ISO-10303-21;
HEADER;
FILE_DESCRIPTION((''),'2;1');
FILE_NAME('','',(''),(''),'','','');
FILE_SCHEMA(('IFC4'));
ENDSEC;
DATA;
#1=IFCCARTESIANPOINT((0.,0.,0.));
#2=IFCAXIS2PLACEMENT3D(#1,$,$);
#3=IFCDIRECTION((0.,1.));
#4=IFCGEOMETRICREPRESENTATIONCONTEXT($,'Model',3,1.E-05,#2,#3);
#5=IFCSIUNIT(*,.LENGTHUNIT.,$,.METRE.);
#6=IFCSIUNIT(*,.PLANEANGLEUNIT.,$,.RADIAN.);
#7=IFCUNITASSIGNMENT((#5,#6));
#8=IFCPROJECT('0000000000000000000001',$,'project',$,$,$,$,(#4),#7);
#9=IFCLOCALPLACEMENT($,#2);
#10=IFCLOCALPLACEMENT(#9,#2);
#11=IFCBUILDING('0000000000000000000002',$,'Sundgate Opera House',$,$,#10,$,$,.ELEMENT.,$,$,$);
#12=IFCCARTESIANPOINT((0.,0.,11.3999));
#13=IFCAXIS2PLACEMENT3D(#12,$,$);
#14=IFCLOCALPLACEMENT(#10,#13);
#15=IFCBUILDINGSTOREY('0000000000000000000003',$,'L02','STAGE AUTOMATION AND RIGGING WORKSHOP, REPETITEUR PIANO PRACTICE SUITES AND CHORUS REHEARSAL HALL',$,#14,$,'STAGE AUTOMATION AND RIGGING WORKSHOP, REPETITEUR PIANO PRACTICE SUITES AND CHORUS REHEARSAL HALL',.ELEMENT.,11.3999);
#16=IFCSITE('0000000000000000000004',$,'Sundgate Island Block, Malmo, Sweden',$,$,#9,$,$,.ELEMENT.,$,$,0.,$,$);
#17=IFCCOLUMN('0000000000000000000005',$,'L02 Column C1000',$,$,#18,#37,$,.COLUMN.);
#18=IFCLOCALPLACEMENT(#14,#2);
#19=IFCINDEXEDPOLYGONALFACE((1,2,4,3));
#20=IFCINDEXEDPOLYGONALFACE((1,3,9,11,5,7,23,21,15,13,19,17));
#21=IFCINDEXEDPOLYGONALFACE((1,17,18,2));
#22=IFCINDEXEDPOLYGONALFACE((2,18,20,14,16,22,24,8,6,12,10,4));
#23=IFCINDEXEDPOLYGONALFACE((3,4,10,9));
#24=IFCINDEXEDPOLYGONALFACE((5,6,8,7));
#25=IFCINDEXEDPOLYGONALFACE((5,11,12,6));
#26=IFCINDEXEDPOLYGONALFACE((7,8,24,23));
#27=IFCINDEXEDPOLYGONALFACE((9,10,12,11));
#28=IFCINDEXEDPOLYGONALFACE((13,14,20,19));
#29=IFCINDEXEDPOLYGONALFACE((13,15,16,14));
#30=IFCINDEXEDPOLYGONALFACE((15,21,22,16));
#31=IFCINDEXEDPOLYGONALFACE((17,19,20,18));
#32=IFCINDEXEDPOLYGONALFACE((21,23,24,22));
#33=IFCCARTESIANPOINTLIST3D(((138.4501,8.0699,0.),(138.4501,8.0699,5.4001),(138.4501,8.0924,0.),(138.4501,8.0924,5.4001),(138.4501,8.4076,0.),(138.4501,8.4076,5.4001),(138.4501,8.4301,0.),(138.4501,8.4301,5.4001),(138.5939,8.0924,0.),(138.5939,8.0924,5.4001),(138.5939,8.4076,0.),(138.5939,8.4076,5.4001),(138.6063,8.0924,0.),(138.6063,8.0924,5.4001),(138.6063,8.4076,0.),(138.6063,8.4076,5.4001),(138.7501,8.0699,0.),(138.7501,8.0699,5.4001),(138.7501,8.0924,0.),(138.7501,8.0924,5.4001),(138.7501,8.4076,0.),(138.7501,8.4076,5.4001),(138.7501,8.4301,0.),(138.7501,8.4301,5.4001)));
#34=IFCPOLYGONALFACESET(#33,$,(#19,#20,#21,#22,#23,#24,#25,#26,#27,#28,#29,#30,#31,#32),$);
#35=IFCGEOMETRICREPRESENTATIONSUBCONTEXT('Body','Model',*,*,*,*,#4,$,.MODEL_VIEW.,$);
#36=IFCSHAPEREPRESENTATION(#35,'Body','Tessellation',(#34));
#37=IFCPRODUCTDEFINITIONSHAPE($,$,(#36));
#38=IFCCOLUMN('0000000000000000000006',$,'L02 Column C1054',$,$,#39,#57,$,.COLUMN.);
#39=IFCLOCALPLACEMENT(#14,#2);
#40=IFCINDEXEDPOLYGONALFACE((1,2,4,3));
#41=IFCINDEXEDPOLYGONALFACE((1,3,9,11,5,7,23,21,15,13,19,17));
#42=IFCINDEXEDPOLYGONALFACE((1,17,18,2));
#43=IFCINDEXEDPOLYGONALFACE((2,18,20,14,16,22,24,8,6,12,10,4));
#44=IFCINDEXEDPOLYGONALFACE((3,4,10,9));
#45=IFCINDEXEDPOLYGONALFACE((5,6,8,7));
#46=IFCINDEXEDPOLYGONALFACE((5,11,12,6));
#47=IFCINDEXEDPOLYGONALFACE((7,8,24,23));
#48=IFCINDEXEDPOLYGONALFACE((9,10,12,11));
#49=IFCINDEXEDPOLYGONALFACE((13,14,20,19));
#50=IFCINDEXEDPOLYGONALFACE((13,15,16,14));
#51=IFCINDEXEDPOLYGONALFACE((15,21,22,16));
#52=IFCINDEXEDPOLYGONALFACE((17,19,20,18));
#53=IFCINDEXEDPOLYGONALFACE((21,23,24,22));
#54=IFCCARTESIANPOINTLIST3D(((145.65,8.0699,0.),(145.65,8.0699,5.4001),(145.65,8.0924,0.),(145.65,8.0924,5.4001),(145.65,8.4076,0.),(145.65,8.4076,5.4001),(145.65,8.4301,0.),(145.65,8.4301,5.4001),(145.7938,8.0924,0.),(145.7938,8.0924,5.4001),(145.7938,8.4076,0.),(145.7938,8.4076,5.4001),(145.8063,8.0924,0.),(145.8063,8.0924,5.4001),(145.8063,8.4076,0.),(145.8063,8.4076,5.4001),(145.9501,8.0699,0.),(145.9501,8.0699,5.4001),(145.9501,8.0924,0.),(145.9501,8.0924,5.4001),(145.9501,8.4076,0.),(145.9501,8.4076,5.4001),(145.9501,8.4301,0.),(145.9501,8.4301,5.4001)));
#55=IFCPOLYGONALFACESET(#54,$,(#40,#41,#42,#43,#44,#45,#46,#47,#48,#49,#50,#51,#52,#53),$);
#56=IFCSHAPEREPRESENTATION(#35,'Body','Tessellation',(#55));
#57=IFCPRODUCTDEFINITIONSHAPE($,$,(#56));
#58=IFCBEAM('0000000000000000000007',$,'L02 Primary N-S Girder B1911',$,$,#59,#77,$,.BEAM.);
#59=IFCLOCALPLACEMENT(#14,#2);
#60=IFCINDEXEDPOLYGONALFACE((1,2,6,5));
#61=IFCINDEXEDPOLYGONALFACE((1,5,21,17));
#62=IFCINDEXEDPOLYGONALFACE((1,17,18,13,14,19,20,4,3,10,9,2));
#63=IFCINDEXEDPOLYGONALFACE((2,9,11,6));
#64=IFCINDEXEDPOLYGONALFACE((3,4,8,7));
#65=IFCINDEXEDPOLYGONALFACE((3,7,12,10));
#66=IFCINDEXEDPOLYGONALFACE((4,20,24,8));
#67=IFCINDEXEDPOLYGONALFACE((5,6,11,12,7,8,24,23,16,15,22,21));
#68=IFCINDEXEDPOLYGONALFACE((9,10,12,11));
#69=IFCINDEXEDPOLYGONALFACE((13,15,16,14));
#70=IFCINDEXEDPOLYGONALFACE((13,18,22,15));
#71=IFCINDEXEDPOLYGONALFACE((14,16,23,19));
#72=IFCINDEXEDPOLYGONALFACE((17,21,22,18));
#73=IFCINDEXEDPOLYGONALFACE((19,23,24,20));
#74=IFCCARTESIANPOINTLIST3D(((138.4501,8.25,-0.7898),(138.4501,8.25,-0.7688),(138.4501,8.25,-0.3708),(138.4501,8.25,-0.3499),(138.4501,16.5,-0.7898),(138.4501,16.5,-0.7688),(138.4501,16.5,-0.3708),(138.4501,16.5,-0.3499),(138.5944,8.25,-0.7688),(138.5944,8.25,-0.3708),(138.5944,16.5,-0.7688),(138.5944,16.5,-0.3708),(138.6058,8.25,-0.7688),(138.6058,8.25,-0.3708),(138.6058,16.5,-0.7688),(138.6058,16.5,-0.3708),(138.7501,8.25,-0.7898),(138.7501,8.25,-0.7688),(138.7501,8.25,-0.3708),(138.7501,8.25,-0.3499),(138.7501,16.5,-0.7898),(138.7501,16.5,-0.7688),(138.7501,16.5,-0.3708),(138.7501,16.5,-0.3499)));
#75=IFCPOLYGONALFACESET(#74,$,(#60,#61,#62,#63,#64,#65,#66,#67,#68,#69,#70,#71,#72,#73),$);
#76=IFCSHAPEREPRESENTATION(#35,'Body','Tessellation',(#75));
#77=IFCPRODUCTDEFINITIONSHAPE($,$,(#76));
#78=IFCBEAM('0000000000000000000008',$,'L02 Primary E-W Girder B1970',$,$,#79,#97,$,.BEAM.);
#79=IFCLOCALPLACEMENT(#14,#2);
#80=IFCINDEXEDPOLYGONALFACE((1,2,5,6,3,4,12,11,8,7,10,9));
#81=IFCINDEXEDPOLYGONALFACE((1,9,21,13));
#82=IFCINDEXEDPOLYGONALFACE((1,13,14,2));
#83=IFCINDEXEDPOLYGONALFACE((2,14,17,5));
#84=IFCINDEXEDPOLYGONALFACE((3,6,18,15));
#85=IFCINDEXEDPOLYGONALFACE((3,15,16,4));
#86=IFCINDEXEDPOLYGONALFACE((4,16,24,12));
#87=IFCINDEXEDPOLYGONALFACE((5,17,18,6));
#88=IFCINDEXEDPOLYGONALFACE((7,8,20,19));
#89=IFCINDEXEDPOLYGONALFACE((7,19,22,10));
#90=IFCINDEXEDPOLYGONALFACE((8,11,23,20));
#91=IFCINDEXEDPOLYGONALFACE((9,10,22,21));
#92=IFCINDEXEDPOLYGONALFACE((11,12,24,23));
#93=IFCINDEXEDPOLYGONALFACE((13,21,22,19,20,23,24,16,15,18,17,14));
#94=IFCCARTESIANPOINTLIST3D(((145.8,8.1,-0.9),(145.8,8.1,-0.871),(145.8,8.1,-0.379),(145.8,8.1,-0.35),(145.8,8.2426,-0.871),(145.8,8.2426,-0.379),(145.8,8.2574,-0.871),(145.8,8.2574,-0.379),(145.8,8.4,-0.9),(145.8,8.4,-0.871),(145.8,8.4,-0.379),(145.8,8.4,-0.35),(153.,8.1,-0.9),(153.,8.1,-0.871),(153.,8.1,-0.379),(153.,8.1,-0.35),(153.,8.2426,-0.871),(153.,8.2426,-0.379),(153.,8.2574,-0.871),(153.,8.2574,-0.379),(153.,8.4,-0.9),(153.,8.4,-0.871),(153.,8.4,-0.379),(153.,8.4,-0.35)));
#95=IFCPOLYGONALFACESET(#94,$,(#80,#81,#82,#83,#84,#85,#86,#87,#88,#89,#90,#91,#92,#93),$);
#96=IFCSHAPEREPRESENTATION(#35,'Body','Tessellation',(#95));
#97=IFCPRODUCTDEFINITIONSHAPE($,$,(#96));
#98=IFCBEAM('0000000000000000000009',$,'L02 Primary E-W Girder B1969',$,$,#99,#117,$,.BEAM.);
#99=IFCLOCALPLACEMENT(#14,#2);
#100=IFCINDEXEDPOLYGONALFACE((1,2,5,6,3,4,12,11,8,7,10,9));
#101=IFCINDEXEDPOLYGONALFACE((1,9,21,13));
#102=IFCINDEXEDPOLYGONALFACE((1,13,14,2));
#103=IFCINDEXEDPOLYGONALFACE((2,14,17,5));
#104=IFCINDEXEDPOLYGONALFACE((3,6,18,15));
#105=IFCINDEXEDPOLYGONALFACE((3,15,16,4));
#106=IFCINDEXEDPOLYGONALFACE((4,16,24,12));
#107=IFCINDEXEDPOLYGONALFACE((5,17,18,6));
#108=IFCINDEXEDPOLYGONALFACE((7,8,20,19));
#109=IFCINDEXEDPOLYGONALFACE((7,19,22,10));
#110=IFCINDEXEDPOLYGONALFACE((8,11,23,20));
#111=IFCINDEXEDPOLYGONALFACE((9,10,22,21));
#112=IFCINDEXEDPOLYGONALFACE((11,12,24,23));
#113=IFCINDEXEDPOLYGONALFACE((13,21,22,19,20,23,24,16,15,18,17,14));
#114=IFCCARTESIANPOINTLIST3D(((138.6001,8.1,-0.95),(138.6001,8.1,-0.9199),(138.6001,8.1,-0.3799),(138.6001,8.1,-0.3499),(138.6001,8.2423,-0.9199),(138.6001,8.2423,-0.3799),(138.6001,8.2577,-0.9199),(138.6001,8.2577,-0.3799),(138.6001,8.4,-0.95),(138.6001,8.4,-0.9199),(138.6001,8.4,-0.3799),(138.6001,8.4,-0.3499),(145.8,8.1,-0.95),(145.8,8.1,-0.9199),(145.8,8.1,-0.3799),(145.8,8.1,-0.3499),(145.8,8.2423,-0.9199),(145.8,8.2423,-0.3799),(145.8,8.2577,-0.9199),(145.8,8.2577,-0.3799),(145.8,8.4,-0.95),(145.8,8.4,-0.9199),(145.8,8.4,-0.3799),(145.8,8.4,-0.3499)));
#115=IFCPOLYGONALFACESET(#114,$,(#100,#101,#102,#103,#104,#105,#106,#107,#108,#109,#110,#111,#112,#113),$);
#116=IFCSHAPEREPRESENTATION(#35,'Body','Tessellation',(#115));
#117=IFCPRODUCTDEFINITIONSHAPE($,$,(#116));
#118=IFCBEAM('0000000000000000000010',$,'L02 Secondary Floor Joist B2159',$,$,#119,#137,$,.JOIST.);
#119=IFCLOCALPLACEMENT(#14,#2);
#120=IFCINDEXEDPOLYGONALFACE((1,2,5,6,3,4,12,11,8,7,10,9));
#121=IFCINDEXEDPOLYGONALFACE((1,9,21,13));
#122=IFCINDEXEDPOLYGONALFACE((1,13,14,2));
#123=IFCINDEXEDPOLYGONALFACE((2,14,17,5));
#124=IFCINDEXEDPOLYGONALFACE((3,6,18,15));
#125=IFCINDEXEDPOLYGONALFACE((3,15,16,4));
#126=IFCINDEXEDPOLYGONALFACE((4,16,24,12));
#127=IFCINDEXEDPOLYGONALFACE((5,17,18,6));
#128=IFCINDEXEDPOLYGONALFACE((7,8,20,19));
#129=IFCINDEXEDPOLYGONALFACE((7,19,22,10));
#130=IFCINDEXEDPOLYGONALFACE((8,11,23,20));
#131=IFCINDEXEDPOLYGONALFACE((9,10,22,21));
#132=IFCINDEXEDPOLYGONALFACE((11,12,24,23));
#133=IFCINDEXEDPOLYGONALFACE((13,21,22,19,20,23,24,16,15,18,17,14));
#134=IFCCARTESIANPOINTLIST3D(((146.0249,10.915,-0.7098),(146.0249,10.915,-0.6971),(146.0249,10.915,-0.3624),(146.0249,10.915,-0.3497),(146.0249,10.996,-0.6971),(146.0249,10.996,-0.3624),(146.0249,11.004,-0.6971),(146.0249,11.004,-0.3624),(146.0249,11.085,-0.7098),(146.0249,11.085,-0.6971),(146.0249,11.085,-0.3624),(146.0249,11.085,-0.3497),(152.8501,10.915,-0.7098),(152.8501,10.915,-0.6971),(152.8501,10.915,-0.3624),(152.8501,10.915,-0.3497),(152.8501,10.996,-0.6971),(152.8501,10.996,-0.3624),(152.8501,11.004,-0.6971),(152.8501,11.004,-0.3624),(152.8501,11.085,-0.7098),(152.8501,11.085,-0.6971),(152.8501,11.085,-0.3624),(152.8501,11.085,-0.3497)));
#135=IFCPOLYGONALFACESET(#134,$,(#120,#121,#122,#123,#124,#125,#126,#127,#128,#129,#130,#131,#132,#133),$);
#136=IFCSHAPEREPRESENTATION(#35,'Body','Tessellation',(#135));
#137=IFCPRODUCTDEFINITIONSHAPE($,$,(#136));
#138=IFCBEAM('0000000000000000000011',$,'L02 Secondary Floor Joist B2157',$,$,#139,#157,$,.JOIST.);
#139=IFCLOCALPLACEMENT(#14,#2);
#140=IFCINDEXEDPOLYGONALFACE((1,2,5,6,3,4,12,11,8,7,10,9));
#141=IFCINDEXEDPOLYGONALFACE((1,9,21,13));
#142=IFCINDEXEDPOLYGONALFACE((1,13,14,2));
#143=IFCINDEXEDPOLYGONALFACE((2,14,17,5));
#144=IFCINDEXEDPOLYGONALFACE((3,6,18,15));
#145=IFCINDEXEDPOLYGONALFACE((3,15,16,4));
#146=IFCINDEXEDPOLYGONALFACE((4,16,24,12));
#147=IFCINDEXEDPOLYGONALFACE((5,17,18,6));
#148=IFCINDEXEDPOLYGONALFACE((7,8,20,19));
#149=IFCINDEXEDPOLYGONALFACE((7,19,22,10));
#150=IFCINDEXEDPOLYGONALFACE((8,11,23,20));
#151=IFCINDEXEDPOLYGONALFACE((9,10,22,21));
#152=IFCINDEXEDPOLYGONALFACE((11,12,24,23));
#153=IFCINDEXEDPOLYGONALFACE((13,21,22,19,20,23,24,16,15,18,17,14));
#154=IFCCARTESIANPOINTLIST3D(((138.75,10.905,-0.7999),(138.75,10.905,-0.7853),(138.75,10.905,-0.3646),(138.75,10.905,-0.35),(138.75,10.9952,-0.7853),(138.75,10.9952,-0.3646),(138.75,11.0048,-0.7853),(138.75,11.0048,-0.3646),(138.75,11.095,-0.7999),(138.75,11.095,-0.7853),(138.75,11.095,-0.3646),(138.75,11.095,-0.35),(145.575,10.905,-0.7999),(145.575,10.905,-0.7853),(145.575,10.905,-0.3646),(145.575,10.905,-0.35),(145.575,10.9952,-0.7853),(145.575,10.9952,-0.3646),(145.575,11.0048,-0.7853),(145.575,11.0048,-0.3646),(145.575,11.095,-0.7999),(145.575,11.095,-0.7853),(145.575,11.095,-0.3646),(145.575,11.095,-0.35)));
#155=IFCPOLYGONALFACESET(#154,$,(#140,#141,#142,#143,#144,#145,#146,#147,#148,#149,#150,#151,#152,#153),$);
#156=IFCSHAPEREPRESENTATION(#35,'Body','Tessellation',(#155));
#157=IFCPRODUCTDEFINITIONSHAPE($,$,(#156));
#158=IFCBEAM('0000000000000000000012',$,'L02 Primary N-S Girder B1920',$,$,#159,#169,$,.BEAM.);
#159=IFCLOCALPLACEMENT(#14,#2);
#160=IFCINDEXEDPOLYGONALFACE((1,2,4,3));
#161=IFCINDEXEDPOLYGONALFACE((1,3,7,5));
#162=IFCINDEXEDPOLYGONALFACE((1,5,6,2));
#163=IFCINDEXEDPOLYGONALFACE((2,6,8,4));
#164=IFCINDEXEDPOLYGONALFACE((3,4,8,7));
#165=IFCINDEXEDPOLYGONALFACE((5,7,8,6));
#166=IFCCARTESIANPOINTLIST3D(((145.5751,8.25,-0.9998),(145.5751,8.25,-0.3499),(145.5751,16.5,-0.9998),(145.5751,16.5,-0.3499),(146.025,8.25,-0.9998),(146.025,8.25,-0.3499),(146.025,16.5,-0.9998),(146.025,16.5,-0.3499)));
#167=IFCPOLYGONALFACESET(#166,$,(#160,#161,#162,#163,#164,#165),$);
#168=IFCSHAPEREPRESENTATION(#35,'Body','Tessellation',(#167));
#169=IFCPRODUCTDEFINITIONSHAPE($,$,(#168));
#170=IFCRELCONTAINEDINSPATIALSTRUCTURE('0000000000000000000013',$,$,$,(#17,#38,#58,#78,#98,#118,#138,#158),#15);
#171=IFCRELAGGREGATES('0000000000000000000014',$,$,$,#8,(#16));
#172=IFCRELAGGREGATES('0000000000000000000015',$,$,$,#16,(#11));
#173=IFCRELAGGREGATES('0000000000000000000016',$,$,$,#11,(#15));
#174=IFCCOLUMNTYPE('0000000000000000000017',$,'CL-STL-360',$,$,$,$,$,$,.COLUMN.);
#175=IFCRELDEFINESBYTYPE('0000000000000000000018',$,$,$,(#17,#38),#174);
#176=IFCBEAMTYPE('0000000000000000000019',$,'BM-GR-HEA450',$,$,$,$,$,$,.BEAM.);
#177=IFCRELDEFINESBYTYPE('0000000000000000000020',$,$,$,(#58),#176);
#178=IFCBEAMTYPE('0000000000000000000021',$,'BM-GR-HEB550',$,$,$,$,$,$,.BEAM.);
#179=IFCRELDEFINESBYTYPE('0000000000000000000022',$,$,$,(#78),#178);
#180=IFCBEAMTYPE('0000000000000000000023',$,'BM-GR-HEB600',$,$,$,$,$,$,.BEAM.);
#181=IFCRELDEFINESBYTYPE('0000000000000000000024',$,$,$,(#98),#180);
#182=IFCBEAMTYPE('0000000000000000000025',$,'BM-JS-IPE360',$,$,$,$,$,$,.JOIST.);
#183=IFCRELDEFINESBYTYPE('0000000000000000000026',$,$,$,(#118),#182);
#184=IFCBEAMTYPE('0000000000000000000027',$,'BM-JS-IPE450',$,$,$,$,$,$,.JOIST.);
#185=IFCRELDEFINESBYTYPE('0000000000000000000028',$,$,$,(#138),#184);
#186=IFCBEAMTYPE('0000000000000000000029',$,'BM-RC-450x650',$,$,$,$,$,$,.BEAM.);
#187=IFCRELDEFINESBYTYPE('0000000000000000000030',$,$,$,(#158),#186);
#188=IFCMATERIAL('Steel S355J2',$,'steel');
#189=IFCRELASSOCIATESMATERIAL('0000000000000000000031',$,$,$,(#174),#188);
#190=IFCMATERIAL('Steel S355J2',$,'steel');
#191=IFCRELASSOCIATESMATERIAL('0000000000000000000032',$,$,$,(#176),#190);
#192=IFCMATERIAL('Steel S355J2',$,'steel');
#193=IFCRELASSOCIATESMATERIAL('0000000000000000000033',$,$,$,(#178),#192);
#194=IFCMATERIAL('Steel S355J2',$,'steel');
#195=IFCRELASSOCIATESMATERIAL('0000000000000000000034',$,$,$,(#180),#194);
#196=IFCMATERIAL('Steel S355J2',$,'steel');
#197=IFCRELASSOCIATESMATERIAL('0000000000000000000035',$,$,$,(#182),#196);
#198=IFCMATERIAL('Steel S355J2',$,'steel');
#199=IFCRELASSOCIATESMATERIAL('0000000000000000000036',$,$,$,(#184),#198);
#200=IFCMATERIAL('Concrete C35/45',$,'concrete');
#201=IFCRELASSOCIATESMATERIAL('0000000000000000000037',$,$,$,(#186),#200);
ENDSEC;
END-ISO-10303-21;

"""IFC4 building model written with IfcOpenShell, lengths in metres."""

from ifc_helpers import new_model, si_unit, direction, frame, origin, origin_2d, place, context, subcontext, project, spatial, rectangle, i_section, extrude, material, material_profile, profile_set, type_object, element, save


model = new_model("IFC4")

# Units and contexts
model_context = context("Model", 3, precision=1e-05, world=origin(), true_north=direction((0.0, 1.0)))
body_context = subcontext(model_context, "Body", "Model", "MODEL_VIEW")
ifc_project = project(units=[si_unit("LENGTHUNIT", "METRE"), si_unit("PLANEANGLEUNIT", "RADIAN")], contexts=[model_context])

# Site, building, storey
site_placement = place(None, origin())
site = spatial("IfcSite", under=ifc_project, at=site_placement, Name="Sundgate Island Block, Malmo, Sweden", CompositionType="ELEMENT", RefElevation=0.0)
building_placement = place(site_placement, origin())
building = spatial("IfcBuilding", under=site, at=building_placement, Name="Sundgate Opera House", CompositionType="ELEMENT")
storey_placement = place(building_placement, frame((0.0, 0.0, 11.3999)))
storey = spatial("IfcBuildingStorey", under=building, at=storey_placement, Name="L02", Description="STAGE AUTOMATION AND RIGGING WORKSHOP, REPETITEUR PIANO PRACTICE SUITES AND CHORUS REHEARSAL HALL", LongName="STAGE AUTOMATION AND RIGGING WORKSHOP, REPETITEUR PIANO PRACTICE SUITES AND CHORUS REHEARSAL HALL", CompositionType="ELEMENT", Elevation=11.3999)

# Columns
ifc_material_1 = material(Name="Steel S355J2", Category="steel")
ifc_material_profile_1 = material_profile(ifc_material_1, i_section(OverallWidth=0.3, OverallDepth=0.3601, WebThickness=0.0125, FlangeThickness=0.0225, at=origin_2d()), Name="HEB 360")
ifc_profile_set_1 = profile_set([ifc_material_profile_1], Name="Steel S355J2")
column_type = type_object("IfcColumnType", Name="CL-STL-360", PredefinedType="COLUMN", material=ifc_profile_set_1)
for number, where, z_axis, x_axis, name in (
    (1, (138.6001, 8.25, 0.0), (0.0, 0.0, 1.0), (1.0, 0.0, 0.0), "L02 Column C1000"),
    (2, (145.8, 8.25, 0.0), (0.0, 0.0, 1.0), (1.0, 0.0, 0.0), "L02 Column C1054"),
):
    element("IfcColumn", number, at=place(storey_placement, frame(where, z_axis=z_axis, x_axis=x_axis)), inside=storey, type_object=column_type, Name=name, PredefinedType="COLUMN", context=body_context, shape_type="SweptSolid", body=[
        extrude(i_section(OverallWidth=0.3, OverallDepth=0.3601, WebThickness=0.0125, FlangeThickness=0.0225, at=origin_2d()), origin(), (0.0, 0.0, 1.0), 5.4001),
    ])

# Beams
ifc_material_2 = material(Name="Steel S355J2", Category="steel")
ifc_material_profile_2 = material_profile(ifc_material_2, i_section(OverallWidth=0.3, OverallDepth=0.4399, WebThickness=0.0115, FlangeThickness=0.021, at=origin_2d()), Name="HEA 450")
ifc_profile_set_2 = profile_set([ifc_material_profile_2], Name="Steel S355J2")
beam_type_1 = type_object("IfcBeamType", Name="BM-GR-HEA450", PredefinedType="BEAM", material=ifc_profile_set_2)
beam_1_placement = place(storey_placement, frame((138.6001, 8.25, -0.5698), z_axis=(0.0, 1.0, 0.0), x_axis=(-1.0, 0.0, 0.0)))
element("IfcBeam", 3, at=beam_1_placement, inside=storey, type_object=beam_type_1, Name="L02 Primary N-S Girder B1911", PredefinedType="BEAM", context=body_context, shape_type="SweptSolid", body=[
    extrude(i_section(OverallWidth=0.3, OverallDepth=0.4399, WebThickness=0.0115, FlangeThickness=0.021, at=origin_2d()), origin(), (0.0, 0.0, 1.0), 8.25),
])
ifc_material_3 = material(Name="Steel S355J2", Category="steel")
ifc_material_profile_3 = material_profile(ifc_material_3, i_section(OverallWidth=0.3, OverallDepth=0.55, WebThickness=0.0149, FlangeThickness=0.0291, at=origin_2d()), Name="HEB 550")
ifc_profile_set_3 = profile_set([ifc_material_profile_3], Name="Steel S355J2")
beam_type_2 = type_object("IfcBeamType", Name="BM-GR-HEB550", PredefinedType="BEAM", material=ifc_profile_set_3)
beam_2_placement = place(storey_placement, frame((145.8, 8.25, -0.625), z_axis=(1.0, 0.0, 0.0), x_axis=(0.0, 1.0, 0.0)))
element("IfcBeam", 4, at=beam_2_placement, inside=storey, type_object=beam_type_2, Name="L02 Primary E-W Girder B1970", PredefinedType="BEAM", context=body_context, shape_type="SweptSolid", body=[
    extrude(i_section(OverallWidth=0.3, OverallDepth=0.55, WebThickness=0.0149, FlangeThickness=0.0291, at=origin_2d()), origin(), (0.0, 0.0, 1.0), 7.2),
])
ifc_material_4 = material(Name="Steel S355J2", Category="steel")
ifc_material_profile_4 = material_profile(ifc_material_4, i_section(OverallWidth=0.3, OverallDepth=0.6001, WebThickness=0.0154, FlangeThickness=0.03, at=origin_2d()), Name="HEB 600")
ifc_profile_set_4 = profile_set([ifc_material_profile_4], Name="Steel S355J2")
beam_type_3 = type_object("IfcBeamType", Name="BM-GR-HEB600", PredefinedType="BEAM", material=ifc_profile_set_4)
beam_3_placement = place(storey_placement, frame((138.6001, 8.25, -0.6499), z_axis=(1.0, 0.0, 0.0), x_axis=(0.0, 1.0, 0.0)))
element("IfcBeam", 5, at=beam_3_placement, inside=storey, type_object=beam_type_3, Name="L02 Primary E-W Girder B1969", PredefinedType="BEAM", context=body_context, shape_type="SweptSolid", body=[
    extrude(i_section(OverallWidth=0.3, OverallDepth=0.6001, WebThickness=0.0154, FlangeThickness=0.03, at=origin_2d()), origin(), (0.0, 0.0, 1.0), 7.2),
])
ifc_material_5 = material(Name="Steel S355J2", Category="steel")
ifc_material_profile_5 = material_profile(ifc_material_5, i_section(OverallWidth=0.1699, OverallDepth=0.3601, WebThickness=0.0081, FlangeThickness=0.0127, at=origin_2d()), Name="IPE 360")
ifc_profile_set_5 = profile_set([ifc_material_profile_5], Name="Steel S355J2")
beam_type_4 = type_object("IfcBeamType", Name="BM-JS-IPE360", PredefinedType="JOIST", material=ifc_profile_set_5)
beam_4_placement = place(storey_placement, frame((146.0249, 11.0, -0.5298), z_axis=(1.0, 0.0, 0.0), x_axis=(0.0, 1.0, 0.0)))
element("IfcBeam", 6, at=beam_4_placement, inside=storey, type_object=beam_type_4, Name="L02 Secondary Floor Joist B2159", PredefinedType="JOIST", context=body_context, shape_type="SweptSolid", body=[
    extrude(i_section(OverallWidth=0.1699, OverallDepth=0.3601, WebThickness=0.0081, FlangeThickness=0.0127, at=origin_2d()), origin(), (0.0, 0.0, 1.0), 6.8252),
])
ifc_material_6 = material(Name="Steel S355J2", Category="steel")
ifc_material_profile_6 = material_profile(ifc_material_6, i_section(OverallWidth=0.1899, OverallDepth=0.45, WebThickness=0.0095, FlangeThickness=0.0146, at=origin_2d()), Name="IPE 450")
ifc_profile_set_6 = profile_set([ifc_material_profile_6], Name="Steel S355J2")
beam_type_5 = type_object("IfcBeamType", Name="BM-JS-IPE450", PredefinedType="JOIST", material=ifc_profile_set_6)
beam_5_placement = place(storey_placement, frame((138.75, 11.0, -0.575), z_axis=(1.0, 0.0, 0.0), x_axis=(0.0, 1.0, 0.0)))
element("IfcBeam", 7, at=beam_5_placement, inside=storey, type_object=beam_type_5, Name="L02 Secondary Floor Joist B2157", PredefinedType="JOIST", context=body_context, shape_type="SweptSolid", body=[
    extrude(i_section(OverallWidth=0.1899, OverallDepth=0.45, WebThickness=0.0095, FlangeThickness=0.0146, at=origin_2d()), origin(), (0.0, 0.0, 1.0), 6.825),
])
ifc_material_7 = material(Name="Concrete C35/45", Category="concrete")
ifc_material_profile_7 = material_profile(ifc_material_7, rectangle(XDim=0.45, YDim=0.6499, at=origin_2d()), Name="RC 450x650")
ifc_profile_set_7 = profile_set([ifc_material_profile_7], Name="Concrete C35/45")
beam_type_6 = type_object("IfcBeamType", Name="BM-RC-450x650", PredefinedType="BEAM", material=ifc_profile_set_7)
beam_6_placement = place(storey_placement, frame((145.8, 8.25, -0.6748), z_axis=(0.0, 1.0, 0.0), x_axis=(-1.0, 0.0, 0.0)))
element("IfcBeam", 8, at=beam_6_placement, inside=storey, type_object=beam_type_6, Name="L02 Primary N-S Girder B1920", PredefinedType="BEAM", context=body_context, shape_type="SweptSolid", body=[
    extrude(rectangle(XDim=0.45, YDim=0.6499, at=origin_2d()), origin(), (0.0, 0.0, 1.0), 8.25),
])

save(model, "model.ifc")
